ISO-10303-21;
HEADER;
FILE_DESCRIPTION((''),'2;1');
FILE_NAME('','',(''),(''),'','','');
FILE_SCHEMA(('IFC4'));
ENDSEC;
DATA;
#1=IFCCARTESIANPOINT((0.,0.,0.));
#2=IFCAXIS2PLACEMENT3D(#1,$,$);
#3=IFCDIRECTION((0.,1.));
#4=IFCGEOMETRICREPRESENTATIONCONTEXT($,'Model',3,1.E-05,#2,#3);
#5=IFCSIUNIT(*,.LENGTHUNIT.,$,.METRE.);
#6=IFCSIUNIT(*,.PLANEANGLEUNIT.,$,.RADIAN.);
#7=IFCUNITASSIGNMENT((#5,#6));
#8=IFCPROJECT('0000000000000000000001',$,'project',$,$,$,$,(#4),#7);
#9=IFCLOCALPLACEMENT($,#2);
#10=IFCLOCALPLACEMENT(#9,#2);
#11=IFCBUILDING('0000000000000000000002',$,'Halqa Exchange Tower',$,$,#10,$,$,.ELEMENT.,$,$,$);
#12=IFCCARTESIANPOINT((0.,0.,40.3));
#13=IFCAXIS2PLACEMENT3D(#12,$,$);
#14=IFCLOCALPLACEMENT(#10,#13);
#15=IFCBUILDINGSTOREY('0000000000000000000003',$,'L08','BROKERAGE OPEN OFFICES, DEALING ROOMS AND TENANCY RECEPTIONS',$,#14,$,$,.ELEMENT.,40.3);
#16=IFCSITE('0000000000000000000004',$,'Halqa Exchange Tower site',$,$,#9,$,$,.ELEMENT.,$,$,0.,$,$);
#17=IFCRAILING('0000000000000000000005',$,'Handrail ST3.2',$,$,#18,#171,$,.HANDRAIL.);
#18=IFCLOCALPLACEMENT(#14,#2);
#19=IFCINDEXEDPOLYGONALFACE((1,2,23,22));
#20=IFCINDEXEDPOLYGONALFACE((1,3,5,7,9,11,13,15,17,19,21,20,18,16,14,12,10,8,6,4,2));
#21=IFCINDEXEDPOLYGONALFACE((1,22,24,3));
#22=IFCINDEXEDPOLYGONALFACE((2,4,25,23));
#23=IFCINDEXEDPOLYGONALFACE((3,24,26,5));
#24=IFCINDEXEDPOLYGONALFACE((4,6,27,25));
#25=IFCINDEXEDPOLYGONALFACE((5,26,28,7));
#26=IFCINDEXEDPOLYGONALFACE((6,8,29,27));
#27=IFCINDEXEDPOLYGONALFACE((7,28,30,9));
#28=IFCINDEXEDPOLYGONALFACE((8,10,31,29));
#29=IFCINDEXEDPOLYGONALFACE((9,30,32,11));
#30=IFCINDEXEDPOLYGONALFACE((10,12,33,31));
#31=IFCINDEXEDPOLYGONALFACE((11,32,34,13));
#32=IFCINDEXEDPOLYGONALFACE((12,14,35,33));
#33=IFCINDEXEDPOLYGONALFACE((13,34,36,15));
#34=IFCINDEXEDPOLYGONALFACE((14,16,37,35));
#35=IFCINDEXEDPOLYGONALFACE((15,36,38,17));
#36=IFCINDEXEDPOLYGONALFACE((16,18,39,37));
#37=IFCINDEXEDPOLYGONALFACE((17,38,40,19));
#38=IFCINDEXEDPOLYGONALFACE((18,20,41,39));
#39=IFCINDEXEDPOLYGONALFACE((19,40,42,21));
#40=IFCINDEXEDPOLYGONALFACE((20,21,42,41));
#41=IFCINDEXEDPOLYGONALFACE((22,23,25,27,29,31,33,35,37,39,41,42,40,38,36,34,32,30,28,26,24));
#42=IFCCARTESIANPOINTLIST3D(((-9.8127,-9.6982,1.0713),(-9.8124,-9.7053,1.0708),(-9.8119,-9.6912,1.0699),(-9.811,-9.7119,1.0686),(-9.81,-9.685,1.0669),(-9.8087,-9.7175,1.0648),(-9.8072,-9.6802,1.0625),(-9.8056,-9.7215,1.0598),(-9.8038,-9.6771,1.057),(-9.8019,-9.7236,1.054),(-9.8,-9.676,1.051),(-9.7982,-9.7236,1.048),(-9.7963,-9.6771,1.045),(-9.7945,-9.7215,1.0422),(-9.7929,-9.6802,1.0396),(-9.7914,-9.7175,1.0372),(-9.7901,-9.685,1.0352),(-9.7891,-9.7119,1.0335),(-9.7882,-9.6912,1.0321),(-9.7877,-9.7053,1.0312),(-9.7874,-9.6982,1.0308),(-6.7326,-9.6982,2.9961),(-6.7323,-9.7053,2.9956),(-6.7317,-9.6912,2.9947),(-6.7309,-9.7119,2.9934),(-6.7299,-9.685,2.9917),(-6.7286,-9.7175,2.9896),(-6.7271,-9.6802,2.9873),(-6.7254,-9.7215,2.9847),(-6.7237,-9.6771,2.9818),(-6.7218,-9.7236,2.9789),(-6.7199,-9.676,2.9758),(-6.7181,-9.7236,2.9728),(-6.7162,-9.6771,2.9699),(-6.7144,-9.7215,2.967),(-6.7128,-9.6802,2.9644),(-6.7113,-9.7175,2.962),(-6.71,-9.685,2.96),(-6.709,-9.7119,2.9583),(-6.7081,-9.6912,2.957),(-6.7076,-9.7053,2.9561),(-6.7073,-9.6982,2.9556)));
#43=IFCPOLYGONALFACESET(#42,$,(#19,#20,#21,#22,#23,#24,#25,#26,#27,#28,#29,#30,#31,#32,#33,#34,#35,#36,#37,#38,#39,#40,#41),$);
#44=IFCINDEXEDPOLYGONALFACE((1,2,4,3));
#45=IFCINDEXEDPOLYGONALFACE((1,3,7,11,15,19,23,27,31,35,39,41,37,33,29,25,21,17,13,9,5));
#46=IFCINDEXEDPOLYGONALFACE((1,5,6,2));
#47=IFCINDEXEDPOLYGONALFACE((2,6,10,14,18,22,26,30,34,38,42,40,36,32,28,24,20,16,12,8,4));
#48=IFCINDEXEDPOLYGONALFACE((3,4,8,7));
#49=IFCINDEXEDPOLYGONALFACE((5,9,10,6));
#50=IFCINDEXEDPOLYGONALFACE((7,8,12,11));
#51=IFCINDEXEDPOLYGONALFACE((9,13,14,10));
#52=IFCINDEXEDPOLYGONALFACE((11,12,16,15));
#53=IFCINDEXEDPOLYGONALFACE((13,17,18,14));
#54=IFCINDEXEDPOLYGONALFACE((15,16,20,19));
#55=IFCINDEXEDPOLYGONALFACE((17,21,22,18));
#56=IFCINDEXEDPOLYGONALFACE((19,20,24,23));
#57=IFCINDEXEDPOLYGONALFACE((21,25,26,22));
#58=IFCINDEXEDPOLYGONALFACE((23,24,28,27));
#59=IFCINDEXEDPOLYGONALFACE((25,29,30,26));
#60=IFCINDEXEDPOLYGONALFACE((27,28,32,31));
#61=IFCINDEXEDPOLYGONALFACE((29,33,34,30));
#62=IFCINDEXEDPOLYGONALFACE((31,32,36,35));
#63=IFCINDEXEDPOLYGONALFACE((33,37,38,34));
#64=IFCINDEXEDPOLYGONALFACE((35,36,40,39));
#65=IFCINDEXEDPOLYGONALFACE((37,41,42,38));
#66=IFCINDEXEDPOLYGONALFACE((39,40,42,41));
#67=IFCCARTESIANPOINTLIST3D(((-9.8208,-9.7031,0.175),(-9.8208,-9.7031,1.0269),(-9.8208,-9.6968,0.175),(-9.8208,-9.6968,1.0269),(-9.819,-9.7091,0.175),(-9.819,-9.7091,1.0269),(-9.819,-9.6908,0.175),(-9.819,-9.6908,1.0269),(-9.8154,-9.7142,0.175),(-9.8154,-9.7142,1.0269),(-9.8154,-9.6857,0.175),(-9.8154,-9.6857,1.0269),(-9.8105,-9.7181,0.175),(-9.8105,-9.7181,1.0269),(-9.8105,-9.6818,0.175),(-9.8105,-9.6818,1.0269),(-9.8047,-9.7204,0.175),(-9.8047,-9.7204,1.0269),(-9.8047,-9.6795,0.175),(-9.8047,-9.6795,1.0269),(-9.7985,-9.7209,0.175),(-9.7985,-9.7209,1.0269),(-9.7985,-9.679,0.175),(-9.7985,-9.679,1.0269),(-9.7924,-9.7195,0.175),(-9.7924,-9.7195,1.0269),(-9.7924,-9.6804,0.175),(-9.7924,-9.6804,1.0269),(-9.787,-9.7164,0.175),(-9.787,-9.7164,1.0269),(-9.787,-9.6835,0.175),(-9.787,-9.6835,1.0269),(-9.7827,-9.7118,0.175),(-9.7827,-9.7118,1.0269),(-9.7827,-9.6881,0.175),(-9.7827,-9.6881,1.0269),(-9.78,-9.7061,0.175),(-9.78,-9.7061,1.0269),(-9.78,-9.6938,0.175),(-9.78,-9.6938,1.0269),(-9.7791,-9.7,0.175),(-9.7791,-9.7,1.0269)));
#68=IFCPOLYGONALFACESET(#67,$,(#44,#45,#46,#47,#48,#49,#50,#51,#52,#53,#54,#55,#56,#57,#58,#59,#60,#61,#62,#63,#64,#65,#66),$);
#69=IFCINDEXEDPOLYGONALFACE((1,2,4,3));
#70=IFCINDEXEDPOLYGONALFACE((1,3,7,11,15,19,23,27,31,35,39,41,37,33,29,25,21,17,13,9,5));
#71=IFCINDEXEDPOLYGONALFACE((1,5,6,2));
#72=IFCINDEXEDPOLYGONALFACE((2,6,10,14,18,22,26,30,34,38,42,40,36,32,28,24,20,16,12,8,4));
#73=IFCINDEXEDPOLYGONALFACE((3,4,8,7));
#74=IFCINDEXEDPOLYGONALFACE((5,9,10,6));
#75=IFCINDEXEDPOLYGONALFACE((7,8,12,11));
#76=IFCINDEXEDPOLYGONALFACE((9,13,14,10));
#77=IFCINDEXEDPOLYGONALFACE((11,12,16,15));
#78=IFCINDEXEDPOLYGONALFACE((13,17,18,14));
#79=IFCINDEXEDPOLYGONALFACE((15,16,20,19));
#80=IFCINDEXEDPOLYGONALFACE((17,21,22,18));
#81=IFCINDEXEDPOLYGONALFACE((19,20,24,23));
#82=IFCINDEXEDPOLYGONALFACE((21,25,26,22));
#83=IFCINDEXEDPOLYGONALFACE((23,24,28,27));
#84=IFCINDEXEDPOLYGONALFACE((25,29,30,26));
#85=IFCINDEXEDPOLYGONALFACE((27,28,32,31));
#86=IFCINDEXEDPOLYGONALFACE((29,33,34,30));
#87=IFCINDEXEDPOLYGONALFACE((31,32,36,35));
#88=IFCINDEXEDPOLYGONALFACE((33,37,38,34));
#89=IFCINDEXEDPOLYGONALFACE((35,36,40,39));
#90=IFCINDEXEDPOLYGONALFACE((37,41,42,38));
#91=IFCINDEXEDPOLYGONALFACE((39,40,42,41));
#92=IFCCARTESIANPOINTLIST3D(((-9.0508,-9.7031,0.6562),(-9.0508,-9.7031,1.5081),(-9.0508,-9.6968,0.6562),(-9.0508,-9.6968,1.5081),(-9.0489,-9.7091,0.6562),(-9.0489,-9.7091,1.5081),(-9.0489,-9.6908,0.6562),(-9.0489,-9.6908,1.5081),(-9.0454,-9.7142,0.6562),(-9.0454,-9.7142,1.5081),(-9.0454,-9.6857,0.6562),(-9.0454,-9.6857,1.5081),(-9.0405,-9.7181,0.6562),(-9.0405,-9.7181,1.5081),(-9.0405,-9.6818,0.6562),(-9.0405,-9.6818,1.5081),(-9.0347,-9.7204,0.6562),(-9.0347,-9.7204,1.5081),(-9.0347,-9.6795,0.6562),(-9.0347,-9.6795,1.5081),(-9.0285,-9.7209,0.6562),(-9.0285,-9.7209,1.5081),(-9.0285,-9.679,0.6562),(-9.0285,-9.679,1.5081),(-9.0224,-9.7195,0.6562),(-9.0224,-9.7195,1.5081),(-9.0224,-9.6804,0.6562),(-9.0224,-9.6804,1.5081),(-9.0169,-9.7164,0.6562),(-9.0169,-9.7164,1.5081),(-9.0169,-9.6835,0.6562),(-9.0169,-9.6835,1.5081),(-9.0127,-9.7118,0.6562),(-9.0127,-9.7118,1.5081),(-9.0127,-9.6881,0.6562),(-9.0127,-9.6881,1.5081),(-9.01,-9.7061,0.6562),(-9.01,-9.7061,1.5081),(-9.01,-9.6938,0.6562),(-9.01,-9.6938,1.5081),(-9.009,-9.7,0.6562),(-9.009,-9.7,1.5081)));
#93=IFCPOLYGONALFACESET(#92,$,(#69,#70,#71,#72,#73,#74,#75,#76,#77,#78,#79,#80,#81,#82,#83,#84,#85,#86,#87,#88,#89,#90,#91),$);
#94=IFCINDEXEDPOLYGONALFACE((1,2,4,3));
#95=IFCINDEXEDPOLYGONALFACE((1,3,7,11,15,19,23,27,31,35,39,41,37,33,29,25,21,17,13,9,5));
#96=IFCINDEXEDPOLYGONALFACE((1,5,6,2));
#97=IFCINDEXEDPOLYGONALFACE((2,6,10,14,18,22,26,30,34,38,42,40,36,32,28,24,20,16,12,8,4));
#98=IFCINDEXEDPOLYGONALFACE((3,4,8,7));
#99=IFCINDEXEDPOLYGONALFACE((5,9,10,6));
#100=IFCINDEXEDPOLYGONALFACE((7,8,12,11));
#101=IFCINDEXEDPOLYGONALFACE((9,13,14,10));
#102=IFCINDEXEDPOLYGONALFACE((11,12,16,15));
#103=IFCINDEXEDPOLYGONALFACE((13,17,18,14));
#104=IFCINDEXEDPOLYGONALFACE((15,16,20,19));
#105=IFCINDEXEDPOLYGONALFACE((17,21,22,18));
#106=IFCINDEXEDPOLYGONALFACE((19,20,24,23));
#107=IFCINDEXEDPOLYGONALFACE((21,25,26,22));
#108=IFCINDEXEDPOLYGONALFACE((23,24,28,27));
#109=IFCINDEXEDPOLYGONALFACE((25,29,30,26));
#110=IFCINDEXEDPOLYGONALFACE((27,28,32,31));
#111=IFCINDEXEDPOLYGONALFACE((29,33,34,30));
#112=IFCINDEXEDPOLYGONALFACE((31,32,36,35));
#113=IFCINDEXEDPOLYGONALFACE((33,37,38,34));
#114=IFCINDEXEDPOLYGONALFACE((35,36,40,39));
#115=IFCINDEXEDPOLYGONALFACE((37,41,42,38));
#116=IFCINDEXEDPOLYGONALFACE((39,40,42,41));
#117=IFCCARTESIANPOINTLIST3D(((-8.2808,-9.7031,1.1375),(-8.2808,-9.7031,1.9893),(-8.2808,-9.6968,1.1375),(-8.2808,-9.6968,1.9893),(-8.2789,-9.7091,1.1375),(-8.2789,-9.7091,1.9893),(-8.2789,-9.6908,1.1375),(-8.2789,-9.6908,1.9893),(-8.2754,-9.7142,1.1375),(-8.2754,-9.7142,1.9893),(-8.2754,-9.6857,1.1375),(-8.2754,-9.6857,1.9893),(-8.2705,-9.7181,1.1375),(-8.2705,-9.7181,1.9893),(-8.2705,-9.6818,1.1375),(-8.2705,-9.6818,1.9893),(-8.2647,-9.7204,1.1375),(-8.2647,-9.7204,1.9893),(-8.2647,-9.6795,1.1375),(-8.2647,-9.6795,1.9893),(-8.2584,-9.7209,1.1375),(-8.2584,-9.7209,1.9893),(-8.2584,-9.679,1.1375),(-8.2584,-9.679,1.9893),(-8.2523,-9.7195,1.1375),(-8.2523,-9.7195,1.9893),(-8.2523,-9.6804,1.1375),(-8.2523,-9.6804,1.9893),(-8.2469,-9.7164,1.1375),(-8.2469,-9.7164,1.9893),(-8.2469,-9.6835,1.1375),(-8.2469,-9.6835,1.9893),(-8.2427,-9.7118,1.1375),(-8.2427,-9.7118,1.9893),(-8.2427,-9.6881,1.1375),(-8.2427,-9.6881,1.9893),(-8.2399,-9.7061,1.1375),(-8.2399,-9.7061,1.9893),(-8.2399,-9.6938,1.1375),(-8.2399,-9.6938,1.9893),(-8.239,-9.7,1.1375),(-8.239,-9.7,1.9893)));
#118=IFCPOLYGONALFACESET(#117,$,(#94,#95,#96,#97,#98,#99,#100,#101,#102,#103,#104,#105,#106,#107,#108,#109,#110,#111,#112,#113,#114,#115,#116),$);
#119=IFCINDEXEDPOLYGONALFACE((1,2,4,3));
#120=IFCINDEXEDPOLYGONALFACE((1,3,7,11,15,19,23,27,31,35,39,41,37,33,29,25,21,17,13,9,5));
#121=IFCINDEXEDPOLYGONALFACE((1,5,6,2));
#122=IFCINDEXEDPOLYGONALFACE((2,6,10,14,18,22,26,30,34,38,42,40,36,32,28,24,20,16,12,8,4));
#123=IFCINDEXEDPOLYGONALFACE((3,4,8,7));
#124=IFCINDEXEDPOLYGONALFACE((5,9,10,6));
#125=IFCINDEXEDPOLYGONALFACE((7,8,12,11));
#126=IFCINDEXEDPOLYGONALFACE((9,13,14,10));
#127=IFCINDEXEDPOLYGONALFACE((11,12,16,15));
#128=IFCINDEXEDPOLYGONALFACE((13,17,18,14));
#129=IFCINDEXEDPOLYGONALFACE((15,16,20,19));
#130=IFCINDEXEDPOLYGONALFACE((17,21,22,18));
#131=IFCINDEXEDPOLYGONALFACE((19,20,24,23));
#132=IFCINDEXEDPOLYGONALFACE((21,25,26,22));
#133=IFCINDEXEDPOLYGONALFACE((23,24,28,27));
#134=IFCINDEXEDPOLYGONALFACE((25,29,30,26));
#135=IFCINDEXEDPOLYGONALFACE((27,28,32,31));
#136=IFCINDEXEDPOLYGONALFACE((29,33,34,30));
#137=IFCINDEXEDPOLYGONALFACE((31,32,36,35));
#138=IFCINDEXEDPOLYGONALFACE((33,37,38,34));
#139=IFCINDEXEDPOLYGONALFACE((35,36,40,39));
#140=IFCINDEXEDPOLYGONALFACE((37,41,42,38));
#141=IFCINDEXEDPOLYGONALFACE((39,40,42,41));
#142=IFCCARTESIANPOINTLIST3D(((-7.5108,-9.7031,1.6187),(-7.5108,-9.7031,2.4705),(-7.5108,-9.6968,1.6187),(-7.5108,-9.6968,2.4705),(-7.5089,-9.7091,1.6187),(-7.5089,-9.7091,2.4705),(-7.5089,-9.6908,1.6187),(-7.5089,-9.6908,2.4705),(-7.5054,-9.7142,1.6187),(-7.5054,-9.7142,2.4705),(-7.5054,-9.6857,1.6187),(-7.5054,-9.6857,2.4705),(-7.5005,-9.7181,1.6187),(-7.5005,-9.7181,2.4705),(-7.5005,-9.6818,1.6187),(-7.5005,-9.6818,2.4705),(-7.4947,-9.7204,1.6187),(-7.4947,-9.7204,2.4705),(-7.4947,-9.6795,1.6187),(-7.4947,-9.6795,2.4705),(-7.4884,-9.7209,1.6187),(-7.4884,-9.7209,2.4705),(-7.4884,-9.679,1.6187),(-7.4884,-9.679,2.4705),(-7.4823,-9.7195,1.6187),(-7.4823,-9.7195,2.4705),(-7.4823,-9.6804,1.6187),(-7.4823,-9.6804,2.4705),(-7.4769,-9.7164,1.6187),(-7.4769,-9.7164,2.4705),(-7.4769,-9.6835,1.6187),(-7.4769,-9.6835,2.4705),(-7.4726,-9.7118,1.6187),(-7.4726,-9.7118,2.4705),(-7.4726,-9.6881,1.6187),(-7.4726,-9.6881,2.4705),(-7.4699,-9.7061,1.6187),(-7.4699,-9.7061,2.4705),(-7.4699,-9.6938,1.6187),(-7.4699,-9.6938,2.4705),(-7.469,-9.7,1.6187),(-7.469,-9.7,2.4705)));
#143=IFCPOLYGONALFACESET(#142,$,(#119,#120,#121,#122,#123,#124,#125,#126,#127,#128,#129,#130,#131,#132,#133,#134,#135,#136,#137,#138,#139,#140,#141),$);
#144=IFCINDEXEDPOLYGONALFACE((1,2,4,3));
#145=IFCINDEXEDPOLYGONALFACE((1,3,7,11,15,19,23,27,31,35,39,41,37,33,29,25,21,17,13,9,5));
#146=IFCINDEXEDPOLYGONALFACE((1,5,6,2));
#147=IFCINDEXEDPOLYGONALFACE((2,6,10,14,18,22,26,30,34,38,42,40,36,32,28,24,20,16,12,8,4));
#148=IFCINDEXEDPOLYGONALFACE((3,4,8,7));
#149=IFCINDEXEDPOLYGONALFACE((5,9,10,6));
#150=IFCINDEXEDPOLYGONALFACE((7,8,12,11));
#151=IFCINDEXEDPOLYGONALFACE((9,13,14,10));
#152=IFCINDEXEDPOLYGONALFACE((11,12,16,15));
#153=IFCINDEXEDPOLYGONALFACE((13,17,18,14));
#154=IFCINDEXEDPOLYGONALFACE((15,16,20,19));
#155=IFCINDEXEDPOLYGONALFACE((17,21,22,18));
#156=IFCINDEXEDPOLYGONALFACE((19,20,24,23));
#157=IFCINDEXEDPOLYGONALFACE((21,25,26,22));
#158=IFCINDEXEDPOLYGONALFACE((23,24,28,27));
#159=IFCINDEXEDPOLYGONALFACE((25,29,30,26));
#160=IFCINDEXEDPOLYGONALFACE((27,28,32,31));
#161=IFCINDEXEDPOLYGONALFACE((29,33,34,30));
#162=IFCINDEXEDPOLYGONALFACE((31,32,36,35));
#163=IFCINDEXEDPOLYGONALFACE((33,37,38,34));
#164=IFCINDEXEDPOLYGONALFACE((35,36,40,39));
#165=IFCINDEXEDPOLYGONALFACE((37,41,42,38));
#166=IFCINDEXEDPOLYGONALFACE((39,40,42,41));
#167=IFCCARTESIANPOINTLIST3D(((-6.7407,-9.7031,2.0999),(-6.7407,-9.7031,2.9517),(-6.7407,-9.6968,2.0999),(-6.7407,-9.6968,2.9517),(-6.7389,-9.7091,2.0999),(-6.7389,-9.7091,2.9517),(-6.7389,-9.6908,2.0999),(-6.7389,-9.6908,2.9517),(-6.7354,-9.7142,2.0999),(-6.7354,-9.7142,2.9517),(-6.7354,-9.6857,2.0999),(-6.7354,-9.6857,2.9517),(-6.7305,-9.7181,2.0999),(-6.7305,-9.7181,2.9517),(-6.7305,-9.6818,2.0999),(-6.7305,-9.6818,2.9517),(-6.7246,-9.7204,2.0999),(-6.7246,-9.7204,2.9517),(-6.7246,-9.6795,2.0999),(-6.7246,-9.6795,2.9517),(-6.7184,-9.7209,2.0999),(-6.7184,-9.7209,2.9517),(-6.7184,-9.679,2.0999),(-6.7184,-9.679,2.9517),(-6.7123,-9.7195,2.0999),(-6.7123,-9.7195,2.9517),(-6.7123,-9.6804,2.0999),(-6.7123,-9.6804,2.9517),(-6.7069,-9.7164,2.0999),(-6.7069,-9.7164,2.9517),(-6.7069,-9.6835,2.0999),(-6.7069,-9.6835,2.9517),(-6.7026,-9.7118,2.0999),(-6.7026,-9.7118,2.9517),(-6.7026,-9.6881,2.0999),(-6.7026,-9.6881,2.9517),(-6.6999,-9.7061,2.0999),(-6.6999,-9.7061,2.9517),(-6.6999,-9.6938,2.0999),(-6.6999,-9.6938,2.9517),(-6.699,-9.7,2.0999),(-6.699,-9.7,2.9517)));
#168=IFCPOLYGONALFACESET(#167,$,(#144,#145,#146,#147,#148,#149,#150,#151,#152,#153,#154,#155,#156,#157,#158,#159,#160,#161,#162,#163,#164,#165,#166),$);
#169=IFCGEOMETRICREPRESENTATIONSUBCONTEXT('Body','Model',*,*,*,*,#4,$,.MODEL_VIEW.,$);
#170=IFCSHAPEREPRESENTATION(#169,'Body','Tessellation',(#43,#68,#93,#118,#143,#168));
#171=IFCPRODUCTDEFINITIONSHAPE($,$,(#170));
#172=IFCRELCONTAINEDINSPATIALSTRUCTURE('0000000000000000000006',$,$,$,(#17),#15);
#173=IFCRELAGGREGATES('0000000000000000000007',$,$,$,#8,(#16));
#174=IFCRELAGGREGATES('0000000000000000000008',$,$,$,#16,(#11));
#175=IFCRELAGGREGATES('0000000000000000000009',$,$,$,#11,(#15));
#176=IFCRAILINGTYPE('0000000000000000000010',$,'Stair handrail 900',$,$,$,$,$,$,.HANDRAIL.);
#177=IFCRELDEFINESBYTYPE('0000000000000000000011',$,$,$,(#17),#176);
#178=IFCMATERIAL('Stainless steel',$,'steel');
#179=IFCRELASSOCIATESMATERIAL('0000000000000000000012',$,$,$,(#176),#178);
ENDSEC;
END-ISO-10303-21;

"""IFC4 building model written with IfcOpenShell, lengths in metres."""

from ifc_helpers import new_model, si_unit, direction, frame, origin, origin_2d, place, context, subcontext, project, spatial, circle, extrude, material, type_object, element, save


model = new_model("IFC4")

# Units and contexts
model_context = context("Model", 3, precision=1e-05, world=origin(), true_north=direction((0.0, 1.0)))
body_context = subcontext(model_context, "Body", "Model", "MODEL_VIEW")
ifc_project = project(units=[si_unit("LENGTHUNIT", "METRE"), si_unit("PLANEANGLEUNIT", "RADIAN")], contexts=[model_context])

# Site, building, storey
site_placement = place(None, origin())
site = spatial("IfcSite", under=ifc_project, at=site_placement, Name="Halqa Exchange Tower site", CompositionType="ELEMENT", RefElevation=0.0)
building_placement = place(site_placement, origin())
building = spatial("IfcBuilding", under=site, at=building_placement, Name="Halqa Exchange Tower", CompositionType="ELEMENT")
storey_placement = place(building_placement, frame((0.0, 0.0, 40.3)))
storey = spatial("IfcBuildingStorey", under=building, at=storey_placement, Name="L08", Description="BROKERAGE OPEN OFFICES, DEALING ROOMS AND TENANCY RECEPTIONS", CompositionType="ELEMENT", Elevation=40.3)

# Shared definitions
ifc_material_1 = material(Name="Stainless steel", Category="steel")

# Railing
railing_type_1 = type_object("IfcRailingType", Name="Stair handrail 900", PredefinedType="HANDRAIL", material=ifc_material_1)
railing_1_placement = place(storey_placement, frame((-9.8, -9.7, 0.175)))
element("IfcRailing", 1, at=railing_1_placement, inside=storey, type_object=railing_type_1, Name="Handrail ST3.2", PredefinedType="HANDRAIL", context=body_context, shape_type="SweptSolid", body=[
    extrude(circle(Radius=0.0239, at=origin_2d()), frame((0.0, 0.0, 0.876), z_axis=(0.848029, 0.0, 0.529951), x_axis=(0.0, 1.0, 0.0)), (0.0, 0.0, 1.0), 3.6321),
    extrude(circle(Radius=0.021, at=origin_2d()), origin(), (0.0, 0.0, 1.0), 0.8518),
    extrude(circle(Radius=0.021, at=origin_2d()), frame((0.77, 0.0, 0.4812)), (0.0, 0.0, 1.0), 0.8518),
    extrude(circle(Radius=0.021, at=origin_2d()), frame((1.54, 0.0, 0.9624)), (0.0, 0.0, 1.0), 0.8518),
    extrude(circle(Radius=0.021, at=origin_2d()), frame((2.3101, 0.0, 1.4436)), (0.0, 0.0, 1.0), 0.8518),
    extrude(circle(Radius=0.021, at=origin_2d()), frame((3.0801, 0.0, 1.9248)), (0.0, 0.0, 1.0), 0.8518),
])

save(model, "model.ifc")
